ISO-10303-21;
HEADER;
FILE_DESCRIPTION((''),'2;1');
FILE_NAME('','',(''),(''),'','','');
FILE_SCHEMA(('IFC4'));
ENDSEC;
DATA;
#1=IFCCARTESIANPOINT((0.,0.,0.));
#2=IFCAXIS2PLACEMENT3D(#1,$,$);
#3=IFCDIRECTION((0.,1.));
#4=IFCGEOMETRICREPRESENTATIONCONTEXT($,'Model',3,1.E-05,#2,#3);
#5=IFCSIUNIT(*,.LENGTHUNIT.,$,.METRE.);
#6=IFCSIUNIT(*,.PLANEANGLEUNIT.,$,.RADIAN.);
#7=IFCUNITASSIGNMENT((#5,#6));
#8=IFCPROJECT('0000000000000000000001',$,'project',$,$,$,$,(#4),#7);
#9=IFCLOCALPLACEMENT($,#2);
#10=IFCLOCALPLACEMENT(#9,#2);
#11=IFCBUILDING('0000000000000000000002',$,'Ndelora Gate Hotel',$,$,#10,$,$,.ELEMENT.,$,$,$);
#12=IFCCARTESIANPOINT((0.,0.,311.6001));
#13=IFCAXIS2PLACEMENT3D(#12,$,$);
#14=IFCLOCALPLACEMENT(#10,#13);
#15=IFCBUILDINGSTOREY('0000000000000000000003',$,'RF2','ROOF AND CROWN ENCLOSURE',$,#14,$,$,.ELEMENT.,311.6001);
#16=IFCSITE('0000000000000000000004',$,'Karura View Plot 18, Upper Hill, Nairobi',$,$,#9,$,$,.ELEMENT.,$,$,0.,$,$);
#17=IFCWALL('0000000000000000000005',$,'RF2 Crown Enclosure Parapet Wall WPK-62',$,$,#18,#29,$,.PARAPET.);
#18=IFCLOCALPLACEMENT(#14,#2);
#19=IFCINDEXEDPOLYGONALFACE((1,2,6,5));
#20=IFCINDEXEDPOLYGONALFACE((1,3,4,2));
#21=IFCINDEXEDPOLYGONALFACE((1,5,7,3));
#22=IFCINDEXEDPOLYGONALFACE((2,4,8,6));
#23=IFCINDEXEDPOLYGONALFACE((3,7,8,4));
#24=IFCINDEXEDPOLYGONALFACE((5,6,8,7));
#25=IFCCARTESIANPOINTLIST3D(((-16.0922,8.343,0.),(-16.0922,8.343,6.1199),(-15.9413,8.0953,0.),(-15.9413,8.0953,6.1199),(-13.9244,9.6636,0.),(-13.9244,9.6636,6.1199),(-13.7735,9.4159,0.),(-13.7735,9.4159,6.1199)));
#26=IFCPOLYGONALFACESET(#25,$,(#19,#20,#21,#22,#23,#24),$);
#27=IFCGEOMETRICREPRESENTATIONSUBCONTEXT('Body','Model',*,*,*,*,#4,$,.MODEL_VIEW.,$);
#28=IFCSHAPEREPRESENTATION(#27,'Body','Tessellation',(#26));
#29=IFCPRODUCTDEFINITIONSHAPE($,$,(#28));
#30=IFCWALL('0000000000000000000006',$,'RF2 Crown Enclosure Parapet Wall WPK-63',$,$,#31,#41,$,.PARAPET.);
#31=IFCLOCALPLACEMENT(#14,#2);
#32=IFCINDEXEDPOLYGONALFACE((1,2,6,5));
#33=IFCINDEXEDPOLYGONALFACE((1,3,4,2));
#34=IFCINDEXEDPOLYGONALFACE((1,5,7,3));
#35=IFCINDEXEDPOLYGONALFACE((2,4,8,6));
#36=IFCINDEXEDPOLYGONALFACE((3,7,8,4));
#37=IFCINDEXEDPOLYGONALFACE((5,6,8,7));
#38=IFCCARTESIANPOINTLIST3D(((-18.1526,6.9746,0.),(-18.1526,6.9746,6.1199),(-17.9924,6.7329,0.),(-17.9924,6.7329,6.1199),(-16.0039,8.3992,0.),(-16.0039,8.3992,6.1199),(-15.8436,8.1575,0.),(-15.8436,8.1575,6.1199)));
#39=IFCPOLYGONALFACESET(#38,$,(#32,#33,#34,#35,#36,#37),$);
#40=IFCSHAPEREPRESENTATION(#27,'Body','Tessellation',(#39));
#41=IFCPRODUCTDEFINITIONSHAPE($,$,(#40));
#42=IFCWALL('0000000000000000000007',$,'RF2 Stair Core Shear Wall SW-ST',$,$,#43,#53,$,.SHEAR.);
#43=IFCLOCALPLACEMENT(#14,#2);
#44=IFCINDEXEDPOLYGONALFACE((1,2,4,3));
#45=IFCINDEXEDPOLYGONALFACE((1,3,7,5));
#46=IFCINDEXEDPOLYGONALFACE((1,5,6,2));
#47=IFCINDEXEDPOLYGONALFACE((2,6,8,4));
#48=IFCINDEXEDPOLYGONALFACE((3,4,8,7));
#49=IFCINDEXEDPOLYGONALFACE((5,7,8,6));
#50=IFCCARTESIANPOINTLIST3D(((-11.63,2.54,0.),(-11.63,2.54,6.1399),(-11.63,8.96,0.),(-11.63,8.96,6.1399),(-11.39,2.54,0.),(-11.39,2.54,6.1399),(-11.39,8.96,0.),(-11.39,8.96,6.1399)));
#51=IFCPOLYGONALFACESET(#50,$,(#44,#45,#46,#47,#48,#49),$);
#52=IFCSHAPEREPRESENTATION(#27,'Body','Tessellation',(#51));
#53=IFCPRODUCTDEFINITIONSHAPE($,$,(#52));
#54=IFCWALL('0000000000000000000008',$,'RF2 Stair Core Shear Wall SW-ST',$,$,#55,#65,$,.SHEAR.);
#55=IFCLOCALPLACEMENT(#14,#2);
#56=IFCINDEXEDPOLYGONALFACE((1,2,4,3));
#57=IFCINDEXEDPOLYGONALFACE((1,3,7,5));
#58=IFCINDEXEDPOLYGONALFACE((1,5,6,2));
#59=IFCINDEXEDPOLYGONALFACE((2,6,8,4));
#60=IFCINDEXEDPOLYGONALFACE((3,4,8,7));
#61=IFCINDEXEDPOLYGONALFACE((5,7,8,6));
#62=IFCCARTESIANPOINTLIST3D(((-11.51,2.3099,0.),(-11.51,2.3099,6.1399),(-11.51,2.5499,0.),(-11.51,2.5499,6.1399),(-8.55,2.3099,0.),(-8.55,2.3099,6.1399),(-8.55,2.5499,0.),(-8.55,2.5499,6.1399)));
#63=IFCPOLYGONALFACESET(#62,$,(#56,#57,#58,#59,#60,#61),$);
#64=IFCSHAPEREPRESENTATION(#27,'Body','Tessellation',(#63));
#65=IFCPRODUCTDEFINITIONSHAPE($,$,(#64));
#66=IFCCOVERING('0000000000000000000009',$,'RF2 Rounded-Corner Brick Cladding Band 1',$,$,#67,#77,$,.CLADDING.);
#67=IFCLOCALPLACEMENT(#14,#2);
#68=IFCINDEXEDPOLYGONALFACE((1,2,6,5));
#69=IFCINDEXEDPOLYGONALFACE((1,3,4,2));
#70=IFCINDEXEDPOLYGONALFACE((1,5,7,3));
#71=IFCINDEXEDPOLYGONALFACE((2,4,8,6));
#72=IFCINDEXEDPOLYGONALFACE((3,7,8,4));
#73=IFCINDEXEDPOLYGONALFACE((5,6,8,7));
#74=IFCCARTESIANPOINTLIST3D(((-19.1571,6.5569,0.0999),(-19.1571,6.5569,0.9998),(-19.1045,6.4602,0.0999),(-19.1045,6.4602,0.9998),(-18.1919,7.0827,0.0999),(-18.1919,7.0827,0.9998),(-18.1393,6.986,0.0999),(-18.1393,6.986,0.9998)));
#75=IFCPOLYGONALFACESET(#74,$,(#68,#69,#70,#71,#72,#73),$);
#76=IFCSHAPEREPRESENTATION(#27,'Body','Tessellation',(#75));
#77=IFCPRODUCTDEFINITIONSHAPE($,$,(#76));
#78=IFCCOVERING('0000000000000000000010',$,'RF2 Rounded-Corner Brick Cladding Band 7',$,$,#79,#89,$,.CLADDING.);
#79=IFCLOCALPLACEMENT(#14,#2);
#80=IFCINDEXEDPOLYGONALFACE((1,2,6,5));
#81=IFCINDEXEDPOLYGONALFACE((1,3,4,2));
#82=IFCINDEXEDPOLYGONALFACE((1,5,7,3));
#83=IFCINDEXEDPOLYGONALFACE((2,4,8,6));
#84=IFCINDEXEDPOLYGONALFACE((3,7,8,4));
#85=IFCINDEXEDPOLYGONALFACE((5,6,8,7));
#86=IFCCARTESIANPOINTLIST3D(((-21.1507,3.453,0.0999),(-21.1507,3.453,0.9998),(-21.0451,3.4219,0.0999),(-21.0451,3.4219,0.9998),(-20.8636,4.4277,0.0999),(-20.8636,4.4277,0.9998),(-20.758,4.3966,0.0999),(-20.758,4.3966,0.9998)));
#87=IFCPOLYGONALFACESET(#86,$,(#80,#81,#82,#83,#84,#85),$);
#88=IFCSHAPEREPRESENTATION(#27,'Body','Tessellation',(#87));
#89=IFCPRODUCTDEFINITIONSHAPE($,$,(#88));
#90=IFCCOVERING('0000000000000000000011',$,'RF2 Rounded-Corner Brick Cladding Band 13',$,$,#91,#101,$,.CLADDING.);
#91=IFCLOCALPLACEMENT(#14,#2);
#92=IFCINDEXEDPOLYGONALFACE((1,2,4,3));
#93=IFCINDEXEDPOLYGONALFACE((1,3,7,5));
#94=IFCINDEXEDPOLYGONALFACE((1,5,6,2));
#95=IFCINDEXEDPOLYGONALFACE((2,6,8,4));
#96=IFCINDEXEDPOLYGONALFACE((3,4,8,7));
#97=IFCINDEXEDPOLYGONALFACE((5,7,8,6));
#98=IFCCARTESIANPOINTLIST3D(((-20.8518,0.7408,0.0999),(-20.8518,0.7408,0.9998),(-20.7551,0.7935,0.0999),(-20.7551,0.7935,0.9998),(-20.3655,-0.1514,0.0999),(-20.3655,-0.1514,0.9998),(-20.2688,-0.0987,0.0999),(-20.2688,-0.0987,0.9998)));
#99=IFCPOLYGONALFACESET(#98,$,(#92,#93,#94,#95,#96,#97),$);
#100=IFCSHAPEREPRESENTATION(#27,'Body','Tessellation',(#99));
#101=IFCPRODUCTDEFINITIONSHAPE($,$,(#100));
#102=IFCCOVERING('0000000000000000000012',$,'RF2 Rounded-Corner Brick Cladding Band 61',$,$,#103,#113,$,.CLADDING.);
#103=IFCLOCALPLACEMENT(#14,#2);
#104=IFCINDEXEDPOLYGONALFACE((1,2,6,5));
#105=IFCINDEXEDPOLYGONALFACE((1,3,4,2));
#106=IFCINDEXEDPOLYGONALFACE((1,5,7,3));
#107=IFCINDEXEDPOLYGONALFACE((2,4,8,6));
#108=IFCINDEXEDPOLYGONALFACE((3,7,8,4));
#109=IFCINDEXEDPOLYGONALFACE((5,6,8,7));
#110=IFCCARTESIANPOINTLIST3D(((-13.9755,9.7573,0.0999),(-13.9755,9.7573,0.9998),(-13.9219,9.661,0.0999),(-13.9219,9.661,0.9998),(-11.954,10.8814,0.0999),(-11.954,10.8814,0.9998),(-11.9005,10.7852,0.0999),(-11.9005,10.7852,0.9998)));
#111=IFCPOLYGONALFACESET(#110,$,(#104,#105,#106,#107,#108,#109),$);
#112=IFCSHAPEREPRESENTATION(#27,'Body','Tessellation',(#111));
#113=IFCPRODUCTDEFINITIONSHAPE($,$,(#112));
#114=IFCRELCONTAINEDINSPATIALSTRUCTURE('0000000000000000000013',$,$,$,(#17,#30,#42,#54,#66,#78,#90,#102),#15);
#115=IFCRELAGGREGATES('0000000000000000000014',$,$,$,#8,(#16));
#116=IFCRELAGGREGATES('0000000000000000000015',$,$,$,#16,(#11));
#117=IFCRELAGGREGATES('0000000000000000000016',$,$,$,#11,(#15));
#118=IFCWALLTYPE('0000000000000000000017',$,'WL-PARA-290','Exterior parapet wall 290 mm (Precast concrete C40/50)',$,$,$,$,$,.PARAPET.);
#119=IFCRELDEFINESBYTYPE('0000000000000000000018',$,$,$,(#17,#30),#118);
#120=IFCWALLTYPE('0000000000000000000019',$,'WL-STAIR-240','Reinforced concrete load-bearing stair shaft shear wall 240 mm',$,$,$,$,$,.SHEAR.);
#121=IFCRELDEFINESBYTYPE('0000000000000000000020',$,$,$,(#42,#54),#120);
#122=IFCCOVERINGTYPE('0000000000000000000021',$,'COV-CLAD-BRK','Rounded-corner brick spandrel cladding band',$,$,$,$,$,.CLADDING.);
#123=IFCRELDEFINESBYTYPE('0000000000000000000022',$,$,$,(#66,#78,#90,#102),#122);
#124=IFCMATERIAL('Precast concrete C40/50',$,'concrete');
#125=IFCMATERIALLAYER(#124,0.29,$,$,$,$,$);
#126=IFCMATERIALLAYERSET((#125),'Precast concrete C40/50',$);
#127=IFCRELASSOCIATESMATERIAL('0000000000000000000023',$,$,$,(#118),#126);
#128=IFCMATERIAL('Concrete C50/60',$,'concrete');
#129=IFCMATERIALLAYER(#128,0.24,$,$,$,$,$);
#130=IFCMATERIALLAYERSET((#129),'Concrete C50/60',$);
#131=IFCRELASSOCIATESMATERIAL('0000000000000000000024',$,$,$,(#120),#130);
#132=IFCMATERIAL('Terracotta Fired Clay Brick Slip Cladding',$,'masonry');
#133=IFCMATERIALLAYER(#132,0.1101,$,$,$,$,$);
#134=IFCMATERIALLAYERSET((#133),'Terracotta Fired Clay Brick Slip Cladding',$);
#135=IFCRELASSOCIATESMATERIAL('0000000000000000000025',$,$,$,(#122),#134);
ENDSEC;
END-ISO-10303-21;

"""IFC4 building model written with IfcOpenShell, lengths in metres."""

from ifc_helpers import new_model, si_unit, direction, frame, frame_2d, origin, origin_2d, place, context, subcontext, project, spatial, rectangle, extrude, material, layer, layer_set, type_object, element, save


model = new_model("IFC4")

# Units and contexts
model_context = context("Model", 3, precision=1e-05, world=origin(), true_north=direction((0.0, 1.0)))
body_context = subcontext(model_context, "Body", "Model", "MODEL_VIEW")
ifc_project = project(units=[si_unit("LENGTHUNIT", "METRE"), si_unit("PLANEANGLEUNIT", "RADIAN")], contexts=[model_context])

# Site, building, storey
site_placement = place(None, origin())
site = spatial("IfcSite", under=ifc_project, at=site_placement, Name="Karura View Plot 18, Upper Hill, Nairobi", CompositionType="ELEMENT", RefElevation=0.0)
building_placement = place(site_placement, origin())
building = spatial("IfcBuilding", under=site, at=building_placement, Name="Ndelora Gate Hotel", CompositionType="ELEMENT")
storey_placement = place(building_placement, frame((0.0, 0.0, 311.6001)))
storey = spatial("IfcBuildingStorey", under=building, at=storey_placement, Name="RF2", Description="ROOF AND CROWN ENCLOSURE", CompositionType="ELEMENT", Elevation=311.6001)

# Shared definitions
ifc_material_1 = material(Name="Precast concrete C40/50", Category="concrete")

# Walls
ifc_layer_1 = layer(ifc_material_1, 0.29)
ifc_layer_set_1 = layer_set([ifc_layer_1], Name="Precast concrete C40/50")
wall_type_1 = type_object("IfcWallType", Name="WL-PARA-290", Description="Exterior parapet wall 290 mm (Precast concrete C40/50)", PredefinedType="PARAPET", material=ifc_layer_set_1)
wall_1_placement = place(storey_placement, frame((-16.0166, 8.2192, 0.0), z_axis=(0.0, 0.0, 1.0), x_axis=(0.854011, 0.520255, 0.0)))
element("IfcWall", 1, at=wall_1_placement, inside=storey, type_object=wall_type_1, Name="RF2 Crown Enclosure Parapet Wall WPK-62", PredefinedType="PARAPET", context=body_context, shape_type="SweptSolid", body=[
    extrude(rectangle(XDim=2.5383, YDim=0.29, at=frame_2d((1.269, 0.0))), origin(), (0.0, 0.0, 1.0), 6.1199),
])
wall_2_placement = place(storey_placement, frame((-18.0725, 6.8538, 0.0), z_axis=(0.0, 0.0, 1.0), x_axis=(0.833461, 0.552579, 0.0)))
element("IfcWall", 2, at=wall_2_placement, inside=storey, type_object=wall_type_1, Name="RF2 Crown Enclosure Parapet Wall WPK-63", PredefinedType="PARAPET", context=body_context, shape_type="SweptSolid", body=[
    extrude(rectangle(XDim=2.5781, YDim=0.29, at=frame_2d((1.2891, 0.0))), origin(), (0.0, 0.0, 1.0), 6.1199),
])
ifc_material_2 = material(Name="Concrete C50/60", Category="concrete")
ifc_layer_2 = layer(ifc_material_2, 0.24)
ifc_layer_set_2 = layer_set([ifc_layer_2], Name="Concrete C50/60")
wall_type_2 = type_object("IfcWallType", Name="WL-STAIR-240", Description="Reinforced concrete load-bearing stair shaft shear wall 240 mm", PredefinedType="SHEAR", material=ifc_layer_set_2)
wall_3_placement = place(storey_placement, frame((-11.51, 2.54, 0.0), z_axis=(0.0, 0.0, 1.0), x_axis=(0.0, 1.0, 0.0)))
element("IfcWall", 3, at=wall_3_placement, inside=storey, type_object=wall_type_2, Name="RF2 Stair Core Shear Wall SW-ST", PredefinedType="SHEAR", context=body_context, shape_type="SweptSolid", body=[
    extrude(rectangle(XDim=6.4199, YDim=0.24, at=frame_2d((3.21, 0.0))), origin(), (0.0, 0.0, 1.0), 6.1399),
])
wall_4_placement = place(storey_placement, frame((-11.51, 2.4299, 0.0), z_axis=(0.0, 0.0, 1.0), x_axis=(1.0, 0.0, 0.0)))
element("IfcWall", 4, at=wall_4_placement, inside=storey, type_object=wall_type_2, Name="RF2 Stair Core Shear Wall SW-ST", PredefinedType="SHEAR", context=body_context, shape_type="SweptSolid", body=[
    extrude(rectangle(XDim=2.96, YDim=0.24, at=frame_2d((1.48, 0.0))), origin(), (0.0, 0.0, 1.0), 6.1399),
])

# Coverings
ifc_material_3 = material(Name="Terracotta Fired Clay Brick Slip Cladding", Category="masonry")
ifc_layer_3 = layer(ifc_material_3, 0.1101)
ifc_layer_set_3 = layer_set([ifc_layer_3], Name="Terracotta Fired Clay Brick Slip Cladding")
covering_type = type_object("IfcCoveringType", Name="COV-CLAD-BRK", Description="Rounded-corner brick spandrel cladding band", PredefinedType="CLADDING", material=ifc_layer_set_3)
covering_1_placement = place(storey_placement, frame((-18.6482, 6.7715, 0.0999), z_axis=(0.0, 0.0, 1.0), x_axis=(0.87815, 0.478385, 0.0)))
element("IfcCovering", 5, at=covering_1_placement, inside=storey, type_object=covering_type, Name="RF2 Rounded-Corner Brick Cladding Band 1", PredefinedType="CLADDING", context=body_context, shape_type="SweptSolid", body=[
    extrude(rectangle(XDim=1.0991, YDim=0.1101, at=origin_2d()), origin(), (0.0, 0.0, 1.0), 0.8999),
])
for number, where, z_axis, x_axis, name in (
    (6, (-20.9543, 3.9248, 0.0999), (0.0, 0.0, 1.0), (0.282509, 0.959265, 0.0), "RF2 Rounded-Corner Brick Cladding Band 7"),
    (7, (-20.5603, 0.321, 0.0999), (0.0, 0.0, 1.0), (-0.478539, 0.878067, 0.0), "RF2 Rounded-Corner Brick Cladding Band 13"),
):
    element("IfcCovering", number, at=place(storey_placement, frame(where, z_axis=z_axis, x_axis=x_axis)), inside=storey, type_object=covering_type, Name=name, PredefinedType="CLADDING", context=body_context, shape_type="SweptSolid", body=[
        extrude(rectangle(XDim=1.0161, YDim=0.1101, at=origin_2d()), origin(), (0.0, 0.0, 1.0), 0.8999),
    ])
covering_2_placement = place(storey_placement, frame((-12.938, 10.2712, 0.0999), z_axis=(0.0, 0.0, 1.0), x_axis=(0.873942, 0.48603, 0.0)))
element("IfcCovering", 8, at=covering_2_placement, inside=storey, type_object=covering_type, Name="RF2 Rounded-Corner Brick Cladding Band 61", PredefinedType="CLADDING", context=body_context, shape_type="SweptSolid", body=[
    extrude(rectangle(XDim=2.313, YDim=0.1101, at=origin_2d()), origin(), (0.0, 0.0, 1.0), 0.8999),
])

save(model, "model.ifc")
